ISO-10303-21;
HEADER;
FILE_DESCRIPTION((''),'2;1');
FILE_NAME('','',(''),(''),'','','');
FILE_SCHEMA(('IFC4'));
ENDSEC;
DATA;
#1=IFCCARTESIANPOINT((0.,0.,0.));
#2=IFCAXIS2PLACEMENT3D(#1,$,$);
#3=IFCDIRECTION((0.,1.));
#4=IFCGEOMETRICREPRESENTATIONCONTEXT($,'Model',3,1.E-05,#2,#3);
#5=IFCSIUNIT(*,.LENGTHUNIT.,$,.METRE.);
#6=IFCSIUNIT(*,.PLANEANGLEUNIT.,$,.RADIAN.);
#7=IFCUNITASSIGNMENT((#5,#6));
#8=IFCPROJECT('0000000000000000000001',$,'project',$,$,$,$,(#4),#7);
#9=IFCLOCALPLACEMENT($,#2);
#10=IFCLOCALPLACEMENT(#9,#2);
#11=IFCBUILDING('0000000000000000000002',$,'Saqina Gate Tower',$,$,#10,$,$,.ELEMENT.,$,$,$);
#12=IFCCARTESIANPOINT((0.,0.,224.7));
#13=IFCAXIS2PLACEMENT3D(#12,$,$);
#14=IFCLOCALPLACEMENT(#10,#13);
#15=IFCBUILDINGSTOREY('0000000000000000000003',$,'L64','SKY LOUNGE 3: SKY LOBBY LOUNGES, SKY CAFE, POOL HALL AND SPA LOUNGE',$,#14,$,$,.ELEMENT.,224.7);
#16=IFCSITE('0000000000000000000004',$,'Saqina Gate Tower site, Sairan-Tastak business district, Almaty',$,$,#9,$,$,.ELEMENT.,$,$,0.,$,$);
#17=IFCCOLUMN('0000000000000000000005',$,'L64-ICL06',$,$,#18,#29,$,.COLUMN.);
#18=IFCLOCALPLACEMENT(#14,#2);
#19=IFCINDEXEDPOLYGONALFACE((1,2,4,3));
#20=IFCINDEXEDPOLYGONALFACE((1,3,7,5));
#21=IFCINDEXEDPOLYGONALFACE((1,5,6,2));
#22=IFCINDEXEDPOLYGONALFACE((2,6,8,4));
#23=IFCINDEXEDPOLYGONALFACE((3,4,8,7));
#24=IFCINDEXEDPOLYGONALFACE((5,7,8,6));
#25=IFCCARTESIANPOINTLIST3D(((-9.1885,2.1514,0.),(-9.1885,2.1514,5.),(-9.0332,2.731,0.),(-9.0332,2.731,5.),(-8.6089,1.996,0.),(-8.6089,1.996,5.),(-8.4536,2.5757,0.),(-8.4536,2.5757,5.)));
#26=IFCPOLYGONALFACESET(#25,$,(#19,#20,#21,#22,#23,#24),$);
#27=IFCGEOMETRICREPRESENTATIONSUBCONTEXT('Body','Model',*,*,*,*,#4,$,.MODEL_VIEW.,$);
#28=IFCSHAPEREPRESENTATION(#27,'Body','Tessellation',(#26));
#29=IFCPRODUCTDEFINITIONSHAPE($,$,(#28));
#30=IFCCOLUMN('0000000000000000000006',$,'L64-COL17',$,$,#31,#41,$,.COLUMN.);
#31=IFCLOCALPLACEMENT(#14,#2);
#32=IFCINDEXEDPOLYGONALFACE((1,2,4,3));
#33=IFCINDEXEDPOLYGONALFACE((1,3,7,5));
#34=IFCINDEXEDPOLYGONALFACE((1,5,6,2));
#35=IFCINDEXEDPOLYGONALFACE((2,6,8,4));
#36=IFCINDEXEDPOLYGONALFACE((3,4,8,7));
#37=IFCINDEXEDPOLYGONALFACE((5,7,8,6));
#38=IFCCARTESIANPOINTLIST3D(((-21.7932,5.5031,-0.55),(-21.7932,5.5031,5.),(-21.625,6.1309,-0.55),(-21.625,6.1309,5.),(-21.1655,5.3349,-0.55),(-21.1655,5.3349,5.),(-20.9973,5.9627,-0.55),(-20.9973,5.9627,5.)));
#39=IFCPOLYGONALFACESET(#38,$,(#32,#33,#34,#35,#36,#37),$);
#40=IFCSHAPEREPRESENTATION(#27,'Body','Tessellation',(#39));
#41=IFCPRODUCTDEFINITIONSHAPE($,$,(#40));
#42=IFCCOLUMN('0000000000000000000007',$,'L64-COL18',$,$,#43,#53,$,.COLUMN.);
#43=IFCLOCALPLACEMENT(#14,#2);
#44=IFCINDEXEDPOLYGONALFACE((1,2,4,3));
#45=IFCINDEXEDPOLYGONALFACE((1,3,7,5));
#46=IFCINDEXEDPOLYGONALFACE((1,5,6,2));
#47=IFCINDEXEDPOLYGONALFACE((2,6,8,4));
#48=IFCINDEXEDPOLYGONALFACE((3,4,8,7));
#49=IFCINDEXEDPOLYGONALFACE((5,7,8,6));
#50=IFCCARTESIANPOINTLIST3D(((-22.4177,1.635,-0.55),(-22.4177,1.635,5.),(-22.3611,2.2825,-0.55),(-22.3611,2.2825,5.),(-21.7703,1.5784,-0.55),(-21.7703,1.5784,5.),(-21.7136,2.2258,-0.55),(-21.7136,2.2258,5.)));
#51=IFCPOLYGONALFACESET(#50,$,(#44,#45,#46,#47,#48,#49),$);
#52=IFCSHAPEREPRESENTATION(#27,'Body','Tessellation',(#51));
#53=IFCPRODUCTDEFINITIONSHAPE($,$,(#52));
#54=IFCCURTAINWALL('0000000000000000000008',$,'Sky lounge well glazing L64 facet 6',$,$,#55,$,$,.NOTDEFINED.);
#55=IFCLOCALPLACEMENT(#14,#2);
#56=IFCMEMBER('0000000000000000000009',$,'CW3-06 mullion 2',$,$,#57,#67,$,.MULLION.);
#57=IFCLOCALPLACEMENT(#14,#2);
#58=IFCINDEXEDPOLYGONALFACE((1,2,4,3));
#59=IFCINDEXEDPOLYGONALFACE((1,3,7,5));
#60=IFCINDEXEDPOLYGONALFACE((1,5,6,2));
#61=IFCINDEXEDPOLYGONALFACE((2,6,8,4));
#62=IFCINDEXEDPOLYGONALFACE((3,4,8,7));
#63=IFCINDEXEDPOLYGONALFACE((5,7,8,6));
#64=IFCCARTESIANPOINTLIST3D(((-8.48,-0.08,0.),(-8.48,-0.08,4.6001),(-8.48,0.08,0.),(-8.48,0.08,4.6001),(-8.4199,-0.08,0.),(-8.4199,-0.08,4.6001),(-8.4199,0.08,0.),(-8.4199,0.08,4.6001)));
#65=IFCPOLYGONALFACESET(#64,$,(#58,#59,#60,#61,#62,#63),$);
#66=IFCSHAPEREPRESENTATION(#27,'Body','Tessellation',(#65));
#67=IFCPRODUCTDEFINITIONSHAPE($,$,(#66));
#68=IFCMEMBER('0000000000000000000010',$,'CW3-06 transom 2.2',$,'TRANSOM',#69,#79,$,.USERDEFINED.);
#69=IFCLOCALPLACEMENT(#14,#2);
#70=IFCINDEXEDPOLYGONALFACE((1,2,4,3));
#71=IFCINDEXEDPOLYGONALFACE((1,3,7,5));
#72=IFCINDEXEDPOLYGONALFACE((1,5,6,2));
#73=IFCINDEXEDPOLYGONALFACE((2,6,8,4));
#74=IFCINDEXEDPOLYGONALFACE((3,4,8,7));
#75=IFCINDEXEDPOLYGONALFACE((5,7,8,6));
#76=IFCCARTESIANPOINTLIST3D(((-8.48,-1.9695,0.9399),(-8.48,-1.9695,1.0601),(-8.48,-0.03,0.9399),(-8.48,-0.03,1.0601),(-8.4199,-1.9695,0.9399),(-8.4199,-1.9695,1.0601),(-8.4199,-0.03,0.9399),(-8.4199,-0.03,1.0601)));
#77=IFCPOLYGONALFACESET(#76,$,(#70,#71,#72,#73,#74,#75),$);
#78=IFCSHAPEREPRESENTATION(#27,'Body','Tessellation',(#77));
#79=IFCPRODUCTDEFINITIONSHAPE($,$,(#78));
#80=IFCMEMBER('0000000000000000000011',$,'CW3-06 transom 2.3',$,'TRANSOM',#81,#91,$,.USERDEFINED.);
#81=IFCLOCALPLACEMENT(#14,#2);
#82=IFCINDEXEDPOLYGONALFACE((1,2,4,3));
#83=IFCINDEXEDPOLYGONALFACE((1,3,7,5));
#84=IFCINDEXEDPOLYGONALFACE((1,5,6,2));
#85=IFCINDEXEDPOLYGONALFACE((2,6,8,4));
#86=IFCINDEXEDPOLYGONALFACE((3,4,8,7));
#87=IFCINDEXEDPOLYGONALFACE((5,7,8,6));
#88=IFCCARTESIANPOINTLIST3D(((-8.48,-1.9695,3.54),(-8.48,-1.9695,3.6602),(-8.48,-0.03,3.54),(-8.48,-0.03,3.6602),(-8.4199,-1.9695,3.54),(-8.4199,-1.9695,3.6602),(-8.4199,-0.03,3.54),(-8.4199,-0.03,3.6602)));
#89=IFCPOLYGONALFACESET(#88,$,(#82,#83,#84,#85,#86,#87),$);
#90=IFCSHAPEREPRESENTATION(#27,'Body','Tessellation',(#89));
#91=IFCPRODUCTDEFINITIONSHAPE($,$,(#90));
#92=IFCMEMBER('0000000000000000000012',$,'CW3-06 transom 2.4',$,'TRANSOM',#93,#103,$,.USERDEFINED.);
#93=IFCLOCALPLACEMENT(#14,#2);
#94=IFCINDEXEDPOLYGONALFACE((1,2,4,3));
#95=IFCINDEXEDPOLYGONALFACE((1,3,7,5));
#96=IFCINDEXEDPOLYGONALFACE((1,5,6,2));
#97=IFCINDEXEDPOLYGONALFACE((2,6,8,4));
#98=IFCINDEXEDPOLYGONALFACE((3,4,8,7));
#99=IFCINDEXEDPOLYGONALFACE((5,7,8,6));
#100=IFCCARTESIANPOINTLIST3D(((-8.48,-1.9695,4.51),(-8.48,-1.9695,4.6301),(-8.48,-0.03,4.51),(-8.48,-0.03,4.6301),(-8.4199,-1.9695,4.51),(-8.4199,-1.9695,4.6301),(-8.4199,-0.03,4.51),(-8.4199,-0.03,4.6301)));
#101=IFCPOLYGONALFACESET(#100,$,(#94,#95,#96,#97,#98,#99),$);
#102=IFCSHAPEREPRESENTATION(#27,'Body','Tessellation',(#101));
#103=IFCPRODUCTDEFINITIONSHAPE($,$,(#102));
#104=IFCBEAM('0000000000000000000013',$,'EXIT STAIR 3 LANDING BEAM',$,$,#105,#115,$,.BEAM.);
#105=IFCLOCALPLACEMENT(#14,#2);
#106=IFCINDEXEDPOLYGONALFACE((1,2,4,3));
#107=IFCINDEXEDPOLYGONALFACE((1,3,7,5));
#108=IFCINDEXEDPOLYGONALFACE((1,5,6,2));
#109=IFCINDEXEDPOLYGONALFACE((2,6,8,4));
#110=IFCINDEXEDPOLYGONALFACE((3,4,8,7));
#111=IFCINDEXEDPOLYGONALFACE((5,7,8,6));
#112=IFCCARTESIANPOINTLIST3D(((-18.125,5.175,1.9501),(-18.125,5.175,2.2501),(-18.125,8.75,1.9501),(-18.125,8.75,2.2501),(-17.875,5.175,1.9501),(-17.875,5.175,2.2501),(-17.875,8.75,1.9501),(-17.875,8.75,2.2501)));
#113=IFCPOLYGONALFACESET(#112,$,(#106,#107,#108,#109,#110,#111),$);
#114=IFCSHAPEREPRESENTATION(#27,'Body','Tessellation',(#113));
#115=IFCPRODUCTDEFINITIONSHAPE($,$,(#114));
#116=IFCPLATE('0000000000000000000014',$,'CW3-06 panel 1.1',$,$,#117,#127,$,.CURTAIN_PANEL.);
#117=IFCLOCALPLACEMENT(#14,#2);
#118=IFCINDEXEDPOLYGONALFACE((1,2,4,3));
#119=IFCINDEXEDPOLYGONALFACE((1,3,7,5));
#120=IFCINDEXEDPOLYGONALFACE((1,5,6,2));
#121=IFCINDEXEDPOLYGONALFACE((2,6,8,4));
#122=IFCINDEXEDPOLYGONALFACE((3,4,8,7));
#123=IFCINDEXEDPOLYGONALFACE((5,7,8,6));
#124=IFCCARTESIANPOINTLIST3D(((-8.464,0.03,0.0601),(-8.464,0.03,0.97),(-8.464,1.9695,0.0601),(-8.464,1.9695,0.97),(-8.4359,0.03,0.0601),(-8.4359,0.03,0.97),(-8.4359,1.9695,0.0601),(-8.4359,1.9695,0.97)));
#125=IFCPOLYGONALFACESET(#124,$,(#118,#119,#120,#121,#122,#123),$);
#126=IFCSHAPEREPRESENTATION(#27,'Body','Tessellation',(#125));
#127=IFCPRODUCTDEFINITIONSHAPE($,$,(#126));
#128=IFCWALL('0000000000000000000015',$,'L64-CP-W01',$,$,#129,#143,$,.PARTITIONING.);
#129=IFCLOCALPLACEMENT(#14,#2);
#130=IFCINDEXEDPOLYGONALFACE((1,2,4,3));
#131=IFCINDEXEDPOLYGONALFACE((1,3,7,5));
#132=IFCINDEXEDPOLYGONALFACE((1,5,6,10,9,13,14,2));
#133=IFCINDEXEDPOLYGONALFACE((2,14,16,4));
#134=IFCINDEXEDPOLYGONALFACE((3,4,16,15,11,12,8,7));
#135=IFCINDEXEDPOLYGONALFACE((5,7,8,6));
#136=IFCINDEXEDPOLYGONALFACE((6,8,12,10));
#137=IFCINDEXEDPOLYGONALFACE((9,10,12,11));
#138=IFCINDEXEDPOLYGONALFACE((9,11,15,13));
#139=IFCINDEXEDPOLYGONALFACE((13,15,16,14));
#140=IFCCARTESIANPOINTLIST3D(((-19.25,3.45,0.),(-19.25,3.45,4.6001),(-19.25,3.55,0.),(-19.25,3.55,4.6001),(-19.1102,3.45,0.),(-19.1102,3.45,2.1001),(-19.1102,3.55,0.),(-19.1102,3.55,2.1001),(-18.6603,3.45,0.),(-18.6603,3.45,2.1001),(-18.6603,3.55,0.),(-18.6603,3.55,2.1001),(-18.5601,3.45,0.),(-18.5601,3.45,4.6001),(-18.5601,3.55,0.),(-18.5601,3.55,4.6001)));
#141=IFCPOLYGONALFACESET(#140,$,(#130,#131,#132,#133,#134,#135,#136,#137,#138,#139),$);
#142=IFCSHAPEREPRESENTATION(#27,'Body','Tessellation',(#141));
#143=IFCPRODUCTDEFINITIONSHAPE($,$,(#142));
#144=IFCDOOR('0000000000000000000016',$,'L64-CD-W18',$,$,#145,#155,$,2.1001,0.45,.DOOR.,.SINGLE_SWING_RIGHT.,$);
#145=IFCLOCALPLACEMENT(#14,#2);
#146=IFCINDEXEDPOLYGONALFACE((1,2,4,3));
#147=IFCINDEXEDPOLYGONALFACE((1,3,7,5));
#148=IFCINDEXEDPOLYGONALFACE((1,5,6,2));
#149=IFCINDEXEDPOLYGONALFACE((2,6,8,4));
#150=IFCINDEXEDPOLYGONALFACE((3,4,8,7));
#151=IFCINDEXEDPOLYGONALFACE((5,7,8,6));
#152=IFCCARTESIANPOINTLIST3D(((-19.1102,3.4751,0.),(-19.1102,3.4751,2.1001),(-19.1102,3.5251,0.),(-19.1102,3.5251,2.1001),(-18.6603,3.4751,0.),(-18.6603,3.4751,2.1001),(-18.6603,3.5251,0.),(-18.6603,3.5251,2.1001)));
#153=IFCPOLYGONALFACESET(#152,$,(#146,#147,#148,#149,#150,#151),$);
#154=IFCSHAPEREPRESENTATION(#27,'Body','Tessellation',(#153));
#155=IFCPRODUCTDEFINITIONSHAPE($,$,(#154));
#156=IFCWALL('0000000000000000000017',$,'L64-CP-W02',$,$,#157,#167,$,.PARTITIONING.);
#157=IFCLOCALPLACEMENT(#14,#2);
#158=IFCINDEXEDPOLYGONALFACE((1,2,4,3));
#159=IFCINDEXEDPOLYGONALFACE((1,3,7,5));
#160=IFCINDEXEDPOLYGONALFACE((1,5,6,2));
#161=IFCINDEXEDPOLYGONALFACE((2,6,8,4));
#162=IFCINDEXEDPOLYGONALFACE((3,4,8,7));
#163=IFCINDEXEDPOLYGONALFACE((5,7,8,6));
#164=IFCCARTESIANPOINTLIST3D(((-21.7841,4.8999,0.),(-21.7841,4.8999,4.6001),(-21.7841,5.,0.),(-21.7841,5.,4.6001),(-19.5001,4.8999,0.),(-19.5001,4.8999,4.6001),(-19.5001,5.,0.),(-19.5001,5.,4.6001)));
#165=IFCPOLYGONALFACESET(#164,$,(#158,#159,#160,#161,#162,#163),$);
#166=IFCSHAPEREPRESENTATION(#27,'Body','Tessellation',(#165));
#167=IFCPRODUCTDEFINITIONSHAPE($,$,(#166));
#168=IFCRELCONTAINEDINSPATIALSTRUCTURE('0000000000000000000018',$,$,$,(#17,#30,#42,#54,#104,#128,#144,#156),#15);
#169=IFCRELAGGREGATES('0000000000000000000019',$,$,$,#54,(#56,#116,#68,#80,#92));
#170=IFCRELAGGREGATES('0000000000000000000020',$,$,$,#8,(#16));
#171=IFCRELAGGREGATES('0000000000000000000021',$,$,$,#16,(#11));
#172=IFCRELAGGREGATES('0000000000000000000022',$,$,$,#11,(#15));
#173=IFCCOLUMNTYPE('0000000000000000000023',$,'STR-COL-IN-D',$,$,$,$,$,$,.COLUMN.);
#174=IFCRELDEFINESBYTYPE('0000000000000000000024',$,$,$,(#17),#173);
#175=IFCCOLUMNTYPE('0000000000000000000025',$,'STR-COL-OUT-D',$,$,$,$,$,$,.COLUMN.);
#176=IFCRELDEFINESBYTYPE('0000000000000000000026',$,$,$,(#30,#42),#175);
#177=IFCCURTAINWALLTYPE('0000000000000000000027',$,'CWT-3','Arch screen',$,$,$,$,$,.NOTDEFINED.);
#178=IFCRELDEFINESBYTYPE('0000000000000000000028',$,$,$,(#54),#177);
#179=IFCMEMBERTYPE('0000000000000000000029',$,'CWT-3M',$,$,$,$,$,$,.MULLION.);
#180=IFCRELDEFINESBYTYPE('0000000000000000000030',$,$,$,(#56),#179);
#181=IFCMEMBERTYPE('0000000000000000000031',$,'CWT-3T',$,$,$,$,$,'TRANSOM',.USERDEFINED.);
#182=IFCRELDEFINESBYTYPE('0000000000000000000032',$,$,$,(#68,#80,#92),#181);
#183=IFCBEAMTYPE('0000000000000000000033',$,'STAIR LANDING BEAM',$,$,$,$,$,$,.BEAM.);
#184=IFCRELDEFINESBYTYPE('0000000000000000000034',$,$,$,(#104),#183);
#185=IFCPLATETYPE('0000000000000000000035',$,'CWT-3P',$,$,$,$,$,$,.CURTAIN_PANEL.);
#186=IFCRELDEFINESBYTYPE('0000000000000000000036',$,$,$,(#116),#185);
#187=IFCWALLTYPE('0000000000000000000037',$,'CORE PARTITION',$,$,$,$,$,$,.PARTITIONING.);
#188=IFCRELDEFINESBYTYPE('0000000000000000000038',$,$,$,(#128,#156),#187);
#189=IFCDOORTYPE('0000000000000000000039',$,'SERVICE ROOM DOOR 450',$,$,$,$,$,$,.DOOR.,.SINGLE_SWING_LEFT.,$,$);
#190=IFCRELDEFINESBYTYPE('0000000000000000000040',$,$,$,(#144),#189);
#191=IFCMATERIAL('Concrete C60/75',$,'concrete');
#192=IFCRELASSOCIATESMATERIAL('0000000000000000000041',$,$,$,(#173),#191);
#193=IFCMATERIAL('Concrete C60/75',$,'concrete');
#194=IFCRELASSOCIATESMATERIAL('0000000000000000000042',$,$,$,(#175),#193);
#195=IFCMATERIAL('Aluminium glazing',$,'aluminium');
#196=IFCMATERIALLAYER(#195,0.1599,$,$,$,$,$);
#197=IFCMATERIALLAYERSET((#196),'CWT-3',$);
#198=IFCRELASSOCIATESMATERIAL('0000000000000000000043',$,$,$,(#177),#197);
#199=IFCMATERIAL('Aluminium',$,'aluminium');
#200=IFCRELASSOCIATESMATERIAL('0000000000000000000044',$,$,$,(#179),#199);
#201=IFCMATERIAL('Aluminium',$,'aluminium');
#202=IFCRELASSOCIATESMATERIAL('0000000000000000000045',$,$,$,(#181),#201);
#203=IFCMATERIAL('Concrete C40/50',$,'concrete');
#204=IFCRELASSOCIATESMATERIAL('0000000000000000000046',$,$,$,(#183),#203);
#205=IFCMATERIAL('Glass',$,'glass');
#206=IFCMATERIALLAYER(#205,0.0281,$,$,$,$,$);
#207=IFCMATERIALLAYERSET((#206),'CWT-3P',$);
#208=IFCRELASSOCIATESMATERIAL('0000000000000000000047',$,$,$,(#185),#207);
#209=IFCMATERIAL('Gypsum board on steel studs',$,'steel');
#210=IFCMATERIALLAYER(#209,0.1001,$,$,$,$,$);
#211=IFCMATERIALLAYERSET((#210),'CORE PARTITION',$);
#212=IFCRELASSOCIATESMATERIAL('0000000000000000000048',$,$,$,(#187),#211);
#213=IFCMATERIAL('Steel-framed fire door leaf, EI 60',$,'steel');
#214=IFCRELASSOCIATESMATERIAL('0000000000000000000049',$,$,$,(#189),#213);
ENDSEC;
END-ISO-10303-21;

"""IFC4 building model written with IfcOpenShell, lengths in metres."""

from ifc_helpers import new_model, si_unit, direction, frame, frame_2d, origin, origin_2d, place, context, subcontext, project, spatial, rectangle, extrude, material, layer, layer_set, material_profile, profile_set, type_object, element, fill, aggregate, save


model = new_model("IFC4")

# Units and contexts
model_context = context("Model", 3, precision=1e-05, world=origin(), true_north=direction((0.0, 1.0)))
body_context = subcontext(model_context, "Body", "Model", "MODEL_VIEW")
ifc_project = project(units=[si_unit("LENGTHUNIT", "METRE"), si_unit("PLANEANGLEUNIT", "RADIAN")], contexts=[model_context])

# Site, building, storey
site_placement = place(None, origin())
site = spatial("IfcSite", under=ifc_project, at=site_placement, Name="Saqina Gate Tower site, Sairan-Tastak business district, Almaty", CompositionType="ELEMENT", RefElevation=0.0)
building_placement = place(site_placement, origin())
building = spatial("IfcBuilding", under=site, at=building_placement, Name="Saqina Gate Tower", CompositionType="ELEMENT")
storey_placement = place(building_placement, frame((0.0, 0.0, 224.7)))
storey = spatial("IfcBuildingStorey", under=building, at=storey_placement, Name="L64", Description="SKY LOUNGE 3: SKY LOBBY LOUNGES, SKY CAFE, POOL HALL AND SPA LOUNGE", CompositionType="ELEMENT", Elevation=224.7)

# Columns
ifc_material_1 = material(Name="Concrete C60/75", Category="concrete")
ifc_material_profile_1 = material_profile(ifc_material_1, rectangle(XDim=0.6001, YDim=0.6001, at=origin_2d()), Name="RC 600x600")
ifc_profile_set_1 = profile_set([ifc_material_profile_1], Name="Concrete C60/75")
column_type_1 = type_object("IfcColumnType", Name="STR-COL-IN-D", PredefinedType="COLUMN", material=ifc_profile_set_1)
column_placement = place(storey_placement, frame((-8.821, 2.3635, 0.0), z_axis=(0.0, 0.0, 1.0), x_axis=(-0.965926, 0.258819, 0.0)))
element("IfcColumn", 1, at=column_placement, inside=storey, type_object=column_type_1, Name="L64-ICL06", PredefinedType="COLUMN", context=body_context, shape_type="SweptSolid", body=[
    extrude(rectangle(XDim=0.6001, YDim=0.6001, at=origin_2d()), origin(), (0.0, 0.0, 1.0), 5.0),
])
ifc_material_2 = material(Name="Concrete C60/75", Category="concrete")
ifc_material_profile_2 = material_profile(ifc_material_2, rectangle(XDim=0.6499, YDim=0.6499, at=origin_2d()), Name="RC 650x650")
ifc_profile_set_2 = profile_set([ifc_material_profile_2], Name="Concrete C60/75")
column_type_2 = type_object("IfcColumnType", Name="STR-COL-OUT-D", PredefinedType="COLUMN", material=ifc_profile_set_2)
for number, where, z_axis, x_axis, name in (
    (2, (-21.3953, 5.7329, -0.55), (0.0, 0.0, 1.0), (-0.965926, 0.258819, 0.0), "L64-COL17"),
    (3, (-22.0657, 1.9304, -0.55), (0.0, 0.0, 1.0), (-0.996195, 0.087156, 0.0), "L64-COL18"),
):
    element("IfcColumn", number, at=place(storey_placement, frame(where, z_axis=z_axis, x_axis=x_axis)), inside=storey, type_object=column_type_2, Name=name, PredefinedType="COLUMN", context=body_context, shape_type="SweptSolid", body=[
        extrude(rectangle(XDim=0.6499, YDim=0.6499, at=origin_2d()), origin(), (0.0, 0.0, 1.0), 5.55),
    ])

# Curtain wall, members
ifc_material_3 = material(Name="Aluminium glazing", Category="aluminium")
ifc_layer_1 = layer(ifc_material_3, 0.1599)
ifc_layer_set_1 = layer_set([ifc_layer_1], Name="CWT-3")
curtain_wall_type = type_object("IfcCurtainWallType", Name="CWT-3", Description="Arch screen", PredefinedType="NOTDEFINED", material=ifc_layer_set_1)
curtain_wall_placement = place(storey_placement, origin())
curtain_wall = element("IfcCurtainWall", 4, at=curtain_wall_placement, inside=storey, type_object=curtain_wall_type, Name="Sky lounge well glazing L64 facet 6", PredefinedType="NOTDEFINED")
ifc_material_4 = material(Name="Aluminium", Category="aluminium")
ifc_material_profile_3 = material_profile(ifc_material_4, rectangle(XDim=0.0601, YDim=0.1599, at=origin_2d()), Name="Aluminium 60x160")
ifc_profile_set_3 = profile_set([ifc_material_profile_3], Name="Aluminium")
member_type_1 = type_object("IfcMemberType", Name="CWT-3M", PredefinedType="MULLION", material=ifc_profile_set_3)
member_1_placement = place(storey_placement, frame((-8.45, 0.0, 0.0), z_axis=(0.0, 0.0, 1.0), x_axis=(1.0, 0.0, 0.0)))
member_1 = element("IfcMember", 5, at=member_1_placement, type_object=member_type_1, Name="CW3-06 mullion 2", PredefinedType="MULLION", context=body_context, shape_type="SweptSolid", body=[
    extrude(rectangle(XDim=0.0601, YDim=0.1599, at=origin_2d()), origin(), (0.0, 0.0, 1.0), 4.6001),
])
ifc_material_5 = material(Name="Aluminium", Category="aluminium")
ifc_material_profile_4 = material_profile(ifc_material_5, rectangle(XDim=0.0601, YDim=0.1201, at=origin_2d()), Name="Aluminium 60x120")
ifc_profile_set_4 = profile_set([ifc_material_profile_4], Name="Aluminium")
member_type_2 = type_object("IfcMemberType", Name="CWT-3T", ElementType="TRANSOM", PredefinedType="USERDEFINED", material=ifc_profile_set_4)
member_2_placement = place(storey_placement, frame((-8.45, -0.03, 1.0), z_axis=(0.0, -1.0, 0.0), x_axis=(1.0, 0.0, 0.0)))
member_2 = element("IfcMember", 6, at=member_2_placement, type_object=member_type_2, Name="CW3-06 transom 2.2", ObjectType="TRANSOM", PredefinedType="USERDEFINED", context=body_context, shape_type="SweptSolid", body=[
    extrude(rectangle(XDim=0.0601, YDim=0.1201, at=origin_2d()), origin(), (0.0, 0.0, 1.0), 1.9395),
])
member_3_placement = place(storey_placement, frame((-8.45, -0.03, 3.6001), z_axis=(0.0, -1.0, 0.0), x_axis=(1.0, 0.0, 0.0)))
member_3 = element("IfcMember", 7, at=member_3_placement, type_object=member_type_2, Name="CW3-06 transom 2.3", ObjectType="TRANSOM", PredefinedType="USERDEFINED", context=body_context, shape_type="SweptSolid", body=[
    extrude(rectangle(XDim=0.0601, YDim=0.1201, at=origin_2d()), origin(), (0.0, 0.0, 1.0), 1.9395),
])
member_4_placement = place(storey_placement, frame((-8.45, -0.03, 4.5701), z_axis=(0.0, -1.0, 0.0), x_axis=(1.0, 0.0, 0.0)))
member_4 = element("IfcMember", 8, at=member_4_placement, type_object=member_type_2, Name="CW3-06 transom 2.4", ObjectType="TRANSOM", PredefinedType="USERDEFINED", context=body_context, shape_type="SweptSolid", body=[
    extrude(rectangle(XDim=0.0601, YDim=0.1201, at=origin_2d()), origin(), (0.0, 0.0, 1.0), 1.9395),
])

# Beam
ifc_material_6 = material(Name="Concrete C40/50", Category="concrete")
ifc_material_profile_5 = material_profile(ifc_material_6, rectangle(XDim=0.25, YDim=0.3, at=origin_2d()), Name="STAIR LANDING BEAM")
ifc_profile_set_5 = profile_set([ifc_material_profile_5], Name="Concrete C40/50")
beam_type = type_object("IfcBeamType", Name="STAIR LANDING BEAM", PredefinedType="BEAM", material=ifc_profile_set_5)
beam_placement = place(storey_placement, frame((-18.0, 5.175, 2.1001), z_axis=(0.0, 1.0, 0.0), x_axis=(-1.0, 0.0, 0.0)))
element("IfcBeam", 9, at=beam_placement, inside=storey, type_object=beam_type, Name="EXIT STAIR 3 LANDING BEAM", PredefinedType="BEAM", context=body_context, shape_type="SweptSolid", body=[
    extrude(rectangle(XDim=0.25, YDim=0.3, at=origin_2d()), origin(), (0.0, 0.0, 1.0), 3.575),
])

# Plate
ifc_material_7 = material(Name="Glass", Category="glass")
ifc_layer_2 = layer(ifc_material_7, 0.0281)
ifc_layer_set_2 = layer_set([ifc_layer_2], Name="CWT-3P")
plate_type = type_object("IfcPlateType", Name="CWT-3P", PredefinedType="CURTAIN_PANEL", material=ifc_layer_set_2)
plate_placement = place(storey_placement, frame((-8.45, 0.9998, 0.0601), z_axis=(0.0, 0.0, 1.0), x_axis=(0.0, -1.0, 0.0)))
plate = element("IfcPlate", 10, at=plate_placement, type_object=plate_type, Name="CW3-06 panel 1.1", PredefinedType="CURTAIN_PANEL", context=body_context, shape_type="SweptSolid", body=[
    extrude(rectangle(XDim=1.9395, YDim=0.0281, at=origin_2d()), origin(), (0.0, 0.0, 1.0), 0.9099),
])
aggregate(curtain_wall, [member_1, plate, member_2, member_3, member_4])

# Wall, opening, door
ifc_material_8 = material(Name="Gypsum board on steel studs", Category="steel")
ifc_layer_3 = layer(ifc_material_8, 0.1001)
ifc_layer_set_3 = layer_set([ifc_layer_3], Name="CORE PARTITION")
wall_type_1 = type_object("IfcWallType", Name="CORE PARTITION", PredefinedType="PARTITIONING", material=ifc_layer_set_3)
wall_1_placement = place(storey_placement, frame((-18.5601, 3.5, 0.0), z_axis=(0.0, 0.0, 1.0), x_axis=(-1.0, 0.0, 0.0)))
wall_1 = element("IfcWall", 11, at=wall_1_placement, inside=storey, type_object=wall_type_1, Name="L64-CP-W01", PredefinedType="PARTITIONING", context=body_context, shape_type="SweptSolid", body=[
    extrude(rectangle(XDim=0.6899, YDim=0.1001, at=frame_2d((0.345, 0.0))), origin(), (0.0, 0.0, 1.0), 4.6001),
])
opening_1_placement = place(wall_1_placement, frame((0.1001, 0.0, 0.0)))
opening_1 = element("IfcOpeningElement", 12, at=opening_1_placement, cuts=wall_1, PredefinedType="OPENING", context=body_context, shape_type="SweptSolid", body=[
    extrude(rectangle(XDim=0.45, YDim=2.1001, at=frame_2d((0.2251, 1.05))), frame((0.0, 0.062, 0.0), z_axis=(0.0, -1.0, 0.0), x_axis=(1.0, 0.0, 0.0)), (0.0, 0.0, 1.0), 0.124),
])
ifc_material_9 = material(Name="Steel-framed fire door leaf, EI 60", Category="steel")
door_type_1 = type_object("IfcDoorType", Name="SERVICE ROOM DOOR 450", OperationType="SINGLE_SWING_LEFT", PredefinedType="DOOR", material=ifc_material_9)
door_1_placement = place(opening_1_placement, origin())
door_1 = element("IfcDoor", 13, at=door_1_placement, inside=storey, type_object=door_type_1, Name="L64-CD-W18", OperationType="SINGLE_SWING_RIGHT", OverallHeight=2.1001, OverallWidth=0.45, PredefinedType="DOOR", context=body_context, shape_type="SweptSolid", body=[
    extrude(rectangle(XDim=0.45, YDim=2.1001, at=frame_2d((0.2251, 1.05))), frame((0.0, 0.0249, 0.0), z_axis=(0.0, -1.0, 0.0), x_axis=(1.0, 0.0, 0.0)), (0.0, 0.0, 1.0), 0.05),
])
fill(opening_1, door_1)

# Wall
wall_2_placement = place(storey_placement, frame((-19.5, 4.95, 0.0), z_axis=(0.0, 0.0, 1.0), x_axis=(-1.0, 0.0, 0.0)))
element("IfcWall", 14, at=wall_2_placement, inside=storey, type_object=wall_type_1, Name="L64-CP-W02", PredefinedType="PARTITIONING", context=body_context, shape_type="SweptSolid", body=[
    extrude(rectangle(XDim=2.2839, YDim=0.1001, at=frame_2d((1.1421, 0.0))), origin(), (0.0, 0.0, 1.0), 4.6001),
])

save(model, "model.ifc")
